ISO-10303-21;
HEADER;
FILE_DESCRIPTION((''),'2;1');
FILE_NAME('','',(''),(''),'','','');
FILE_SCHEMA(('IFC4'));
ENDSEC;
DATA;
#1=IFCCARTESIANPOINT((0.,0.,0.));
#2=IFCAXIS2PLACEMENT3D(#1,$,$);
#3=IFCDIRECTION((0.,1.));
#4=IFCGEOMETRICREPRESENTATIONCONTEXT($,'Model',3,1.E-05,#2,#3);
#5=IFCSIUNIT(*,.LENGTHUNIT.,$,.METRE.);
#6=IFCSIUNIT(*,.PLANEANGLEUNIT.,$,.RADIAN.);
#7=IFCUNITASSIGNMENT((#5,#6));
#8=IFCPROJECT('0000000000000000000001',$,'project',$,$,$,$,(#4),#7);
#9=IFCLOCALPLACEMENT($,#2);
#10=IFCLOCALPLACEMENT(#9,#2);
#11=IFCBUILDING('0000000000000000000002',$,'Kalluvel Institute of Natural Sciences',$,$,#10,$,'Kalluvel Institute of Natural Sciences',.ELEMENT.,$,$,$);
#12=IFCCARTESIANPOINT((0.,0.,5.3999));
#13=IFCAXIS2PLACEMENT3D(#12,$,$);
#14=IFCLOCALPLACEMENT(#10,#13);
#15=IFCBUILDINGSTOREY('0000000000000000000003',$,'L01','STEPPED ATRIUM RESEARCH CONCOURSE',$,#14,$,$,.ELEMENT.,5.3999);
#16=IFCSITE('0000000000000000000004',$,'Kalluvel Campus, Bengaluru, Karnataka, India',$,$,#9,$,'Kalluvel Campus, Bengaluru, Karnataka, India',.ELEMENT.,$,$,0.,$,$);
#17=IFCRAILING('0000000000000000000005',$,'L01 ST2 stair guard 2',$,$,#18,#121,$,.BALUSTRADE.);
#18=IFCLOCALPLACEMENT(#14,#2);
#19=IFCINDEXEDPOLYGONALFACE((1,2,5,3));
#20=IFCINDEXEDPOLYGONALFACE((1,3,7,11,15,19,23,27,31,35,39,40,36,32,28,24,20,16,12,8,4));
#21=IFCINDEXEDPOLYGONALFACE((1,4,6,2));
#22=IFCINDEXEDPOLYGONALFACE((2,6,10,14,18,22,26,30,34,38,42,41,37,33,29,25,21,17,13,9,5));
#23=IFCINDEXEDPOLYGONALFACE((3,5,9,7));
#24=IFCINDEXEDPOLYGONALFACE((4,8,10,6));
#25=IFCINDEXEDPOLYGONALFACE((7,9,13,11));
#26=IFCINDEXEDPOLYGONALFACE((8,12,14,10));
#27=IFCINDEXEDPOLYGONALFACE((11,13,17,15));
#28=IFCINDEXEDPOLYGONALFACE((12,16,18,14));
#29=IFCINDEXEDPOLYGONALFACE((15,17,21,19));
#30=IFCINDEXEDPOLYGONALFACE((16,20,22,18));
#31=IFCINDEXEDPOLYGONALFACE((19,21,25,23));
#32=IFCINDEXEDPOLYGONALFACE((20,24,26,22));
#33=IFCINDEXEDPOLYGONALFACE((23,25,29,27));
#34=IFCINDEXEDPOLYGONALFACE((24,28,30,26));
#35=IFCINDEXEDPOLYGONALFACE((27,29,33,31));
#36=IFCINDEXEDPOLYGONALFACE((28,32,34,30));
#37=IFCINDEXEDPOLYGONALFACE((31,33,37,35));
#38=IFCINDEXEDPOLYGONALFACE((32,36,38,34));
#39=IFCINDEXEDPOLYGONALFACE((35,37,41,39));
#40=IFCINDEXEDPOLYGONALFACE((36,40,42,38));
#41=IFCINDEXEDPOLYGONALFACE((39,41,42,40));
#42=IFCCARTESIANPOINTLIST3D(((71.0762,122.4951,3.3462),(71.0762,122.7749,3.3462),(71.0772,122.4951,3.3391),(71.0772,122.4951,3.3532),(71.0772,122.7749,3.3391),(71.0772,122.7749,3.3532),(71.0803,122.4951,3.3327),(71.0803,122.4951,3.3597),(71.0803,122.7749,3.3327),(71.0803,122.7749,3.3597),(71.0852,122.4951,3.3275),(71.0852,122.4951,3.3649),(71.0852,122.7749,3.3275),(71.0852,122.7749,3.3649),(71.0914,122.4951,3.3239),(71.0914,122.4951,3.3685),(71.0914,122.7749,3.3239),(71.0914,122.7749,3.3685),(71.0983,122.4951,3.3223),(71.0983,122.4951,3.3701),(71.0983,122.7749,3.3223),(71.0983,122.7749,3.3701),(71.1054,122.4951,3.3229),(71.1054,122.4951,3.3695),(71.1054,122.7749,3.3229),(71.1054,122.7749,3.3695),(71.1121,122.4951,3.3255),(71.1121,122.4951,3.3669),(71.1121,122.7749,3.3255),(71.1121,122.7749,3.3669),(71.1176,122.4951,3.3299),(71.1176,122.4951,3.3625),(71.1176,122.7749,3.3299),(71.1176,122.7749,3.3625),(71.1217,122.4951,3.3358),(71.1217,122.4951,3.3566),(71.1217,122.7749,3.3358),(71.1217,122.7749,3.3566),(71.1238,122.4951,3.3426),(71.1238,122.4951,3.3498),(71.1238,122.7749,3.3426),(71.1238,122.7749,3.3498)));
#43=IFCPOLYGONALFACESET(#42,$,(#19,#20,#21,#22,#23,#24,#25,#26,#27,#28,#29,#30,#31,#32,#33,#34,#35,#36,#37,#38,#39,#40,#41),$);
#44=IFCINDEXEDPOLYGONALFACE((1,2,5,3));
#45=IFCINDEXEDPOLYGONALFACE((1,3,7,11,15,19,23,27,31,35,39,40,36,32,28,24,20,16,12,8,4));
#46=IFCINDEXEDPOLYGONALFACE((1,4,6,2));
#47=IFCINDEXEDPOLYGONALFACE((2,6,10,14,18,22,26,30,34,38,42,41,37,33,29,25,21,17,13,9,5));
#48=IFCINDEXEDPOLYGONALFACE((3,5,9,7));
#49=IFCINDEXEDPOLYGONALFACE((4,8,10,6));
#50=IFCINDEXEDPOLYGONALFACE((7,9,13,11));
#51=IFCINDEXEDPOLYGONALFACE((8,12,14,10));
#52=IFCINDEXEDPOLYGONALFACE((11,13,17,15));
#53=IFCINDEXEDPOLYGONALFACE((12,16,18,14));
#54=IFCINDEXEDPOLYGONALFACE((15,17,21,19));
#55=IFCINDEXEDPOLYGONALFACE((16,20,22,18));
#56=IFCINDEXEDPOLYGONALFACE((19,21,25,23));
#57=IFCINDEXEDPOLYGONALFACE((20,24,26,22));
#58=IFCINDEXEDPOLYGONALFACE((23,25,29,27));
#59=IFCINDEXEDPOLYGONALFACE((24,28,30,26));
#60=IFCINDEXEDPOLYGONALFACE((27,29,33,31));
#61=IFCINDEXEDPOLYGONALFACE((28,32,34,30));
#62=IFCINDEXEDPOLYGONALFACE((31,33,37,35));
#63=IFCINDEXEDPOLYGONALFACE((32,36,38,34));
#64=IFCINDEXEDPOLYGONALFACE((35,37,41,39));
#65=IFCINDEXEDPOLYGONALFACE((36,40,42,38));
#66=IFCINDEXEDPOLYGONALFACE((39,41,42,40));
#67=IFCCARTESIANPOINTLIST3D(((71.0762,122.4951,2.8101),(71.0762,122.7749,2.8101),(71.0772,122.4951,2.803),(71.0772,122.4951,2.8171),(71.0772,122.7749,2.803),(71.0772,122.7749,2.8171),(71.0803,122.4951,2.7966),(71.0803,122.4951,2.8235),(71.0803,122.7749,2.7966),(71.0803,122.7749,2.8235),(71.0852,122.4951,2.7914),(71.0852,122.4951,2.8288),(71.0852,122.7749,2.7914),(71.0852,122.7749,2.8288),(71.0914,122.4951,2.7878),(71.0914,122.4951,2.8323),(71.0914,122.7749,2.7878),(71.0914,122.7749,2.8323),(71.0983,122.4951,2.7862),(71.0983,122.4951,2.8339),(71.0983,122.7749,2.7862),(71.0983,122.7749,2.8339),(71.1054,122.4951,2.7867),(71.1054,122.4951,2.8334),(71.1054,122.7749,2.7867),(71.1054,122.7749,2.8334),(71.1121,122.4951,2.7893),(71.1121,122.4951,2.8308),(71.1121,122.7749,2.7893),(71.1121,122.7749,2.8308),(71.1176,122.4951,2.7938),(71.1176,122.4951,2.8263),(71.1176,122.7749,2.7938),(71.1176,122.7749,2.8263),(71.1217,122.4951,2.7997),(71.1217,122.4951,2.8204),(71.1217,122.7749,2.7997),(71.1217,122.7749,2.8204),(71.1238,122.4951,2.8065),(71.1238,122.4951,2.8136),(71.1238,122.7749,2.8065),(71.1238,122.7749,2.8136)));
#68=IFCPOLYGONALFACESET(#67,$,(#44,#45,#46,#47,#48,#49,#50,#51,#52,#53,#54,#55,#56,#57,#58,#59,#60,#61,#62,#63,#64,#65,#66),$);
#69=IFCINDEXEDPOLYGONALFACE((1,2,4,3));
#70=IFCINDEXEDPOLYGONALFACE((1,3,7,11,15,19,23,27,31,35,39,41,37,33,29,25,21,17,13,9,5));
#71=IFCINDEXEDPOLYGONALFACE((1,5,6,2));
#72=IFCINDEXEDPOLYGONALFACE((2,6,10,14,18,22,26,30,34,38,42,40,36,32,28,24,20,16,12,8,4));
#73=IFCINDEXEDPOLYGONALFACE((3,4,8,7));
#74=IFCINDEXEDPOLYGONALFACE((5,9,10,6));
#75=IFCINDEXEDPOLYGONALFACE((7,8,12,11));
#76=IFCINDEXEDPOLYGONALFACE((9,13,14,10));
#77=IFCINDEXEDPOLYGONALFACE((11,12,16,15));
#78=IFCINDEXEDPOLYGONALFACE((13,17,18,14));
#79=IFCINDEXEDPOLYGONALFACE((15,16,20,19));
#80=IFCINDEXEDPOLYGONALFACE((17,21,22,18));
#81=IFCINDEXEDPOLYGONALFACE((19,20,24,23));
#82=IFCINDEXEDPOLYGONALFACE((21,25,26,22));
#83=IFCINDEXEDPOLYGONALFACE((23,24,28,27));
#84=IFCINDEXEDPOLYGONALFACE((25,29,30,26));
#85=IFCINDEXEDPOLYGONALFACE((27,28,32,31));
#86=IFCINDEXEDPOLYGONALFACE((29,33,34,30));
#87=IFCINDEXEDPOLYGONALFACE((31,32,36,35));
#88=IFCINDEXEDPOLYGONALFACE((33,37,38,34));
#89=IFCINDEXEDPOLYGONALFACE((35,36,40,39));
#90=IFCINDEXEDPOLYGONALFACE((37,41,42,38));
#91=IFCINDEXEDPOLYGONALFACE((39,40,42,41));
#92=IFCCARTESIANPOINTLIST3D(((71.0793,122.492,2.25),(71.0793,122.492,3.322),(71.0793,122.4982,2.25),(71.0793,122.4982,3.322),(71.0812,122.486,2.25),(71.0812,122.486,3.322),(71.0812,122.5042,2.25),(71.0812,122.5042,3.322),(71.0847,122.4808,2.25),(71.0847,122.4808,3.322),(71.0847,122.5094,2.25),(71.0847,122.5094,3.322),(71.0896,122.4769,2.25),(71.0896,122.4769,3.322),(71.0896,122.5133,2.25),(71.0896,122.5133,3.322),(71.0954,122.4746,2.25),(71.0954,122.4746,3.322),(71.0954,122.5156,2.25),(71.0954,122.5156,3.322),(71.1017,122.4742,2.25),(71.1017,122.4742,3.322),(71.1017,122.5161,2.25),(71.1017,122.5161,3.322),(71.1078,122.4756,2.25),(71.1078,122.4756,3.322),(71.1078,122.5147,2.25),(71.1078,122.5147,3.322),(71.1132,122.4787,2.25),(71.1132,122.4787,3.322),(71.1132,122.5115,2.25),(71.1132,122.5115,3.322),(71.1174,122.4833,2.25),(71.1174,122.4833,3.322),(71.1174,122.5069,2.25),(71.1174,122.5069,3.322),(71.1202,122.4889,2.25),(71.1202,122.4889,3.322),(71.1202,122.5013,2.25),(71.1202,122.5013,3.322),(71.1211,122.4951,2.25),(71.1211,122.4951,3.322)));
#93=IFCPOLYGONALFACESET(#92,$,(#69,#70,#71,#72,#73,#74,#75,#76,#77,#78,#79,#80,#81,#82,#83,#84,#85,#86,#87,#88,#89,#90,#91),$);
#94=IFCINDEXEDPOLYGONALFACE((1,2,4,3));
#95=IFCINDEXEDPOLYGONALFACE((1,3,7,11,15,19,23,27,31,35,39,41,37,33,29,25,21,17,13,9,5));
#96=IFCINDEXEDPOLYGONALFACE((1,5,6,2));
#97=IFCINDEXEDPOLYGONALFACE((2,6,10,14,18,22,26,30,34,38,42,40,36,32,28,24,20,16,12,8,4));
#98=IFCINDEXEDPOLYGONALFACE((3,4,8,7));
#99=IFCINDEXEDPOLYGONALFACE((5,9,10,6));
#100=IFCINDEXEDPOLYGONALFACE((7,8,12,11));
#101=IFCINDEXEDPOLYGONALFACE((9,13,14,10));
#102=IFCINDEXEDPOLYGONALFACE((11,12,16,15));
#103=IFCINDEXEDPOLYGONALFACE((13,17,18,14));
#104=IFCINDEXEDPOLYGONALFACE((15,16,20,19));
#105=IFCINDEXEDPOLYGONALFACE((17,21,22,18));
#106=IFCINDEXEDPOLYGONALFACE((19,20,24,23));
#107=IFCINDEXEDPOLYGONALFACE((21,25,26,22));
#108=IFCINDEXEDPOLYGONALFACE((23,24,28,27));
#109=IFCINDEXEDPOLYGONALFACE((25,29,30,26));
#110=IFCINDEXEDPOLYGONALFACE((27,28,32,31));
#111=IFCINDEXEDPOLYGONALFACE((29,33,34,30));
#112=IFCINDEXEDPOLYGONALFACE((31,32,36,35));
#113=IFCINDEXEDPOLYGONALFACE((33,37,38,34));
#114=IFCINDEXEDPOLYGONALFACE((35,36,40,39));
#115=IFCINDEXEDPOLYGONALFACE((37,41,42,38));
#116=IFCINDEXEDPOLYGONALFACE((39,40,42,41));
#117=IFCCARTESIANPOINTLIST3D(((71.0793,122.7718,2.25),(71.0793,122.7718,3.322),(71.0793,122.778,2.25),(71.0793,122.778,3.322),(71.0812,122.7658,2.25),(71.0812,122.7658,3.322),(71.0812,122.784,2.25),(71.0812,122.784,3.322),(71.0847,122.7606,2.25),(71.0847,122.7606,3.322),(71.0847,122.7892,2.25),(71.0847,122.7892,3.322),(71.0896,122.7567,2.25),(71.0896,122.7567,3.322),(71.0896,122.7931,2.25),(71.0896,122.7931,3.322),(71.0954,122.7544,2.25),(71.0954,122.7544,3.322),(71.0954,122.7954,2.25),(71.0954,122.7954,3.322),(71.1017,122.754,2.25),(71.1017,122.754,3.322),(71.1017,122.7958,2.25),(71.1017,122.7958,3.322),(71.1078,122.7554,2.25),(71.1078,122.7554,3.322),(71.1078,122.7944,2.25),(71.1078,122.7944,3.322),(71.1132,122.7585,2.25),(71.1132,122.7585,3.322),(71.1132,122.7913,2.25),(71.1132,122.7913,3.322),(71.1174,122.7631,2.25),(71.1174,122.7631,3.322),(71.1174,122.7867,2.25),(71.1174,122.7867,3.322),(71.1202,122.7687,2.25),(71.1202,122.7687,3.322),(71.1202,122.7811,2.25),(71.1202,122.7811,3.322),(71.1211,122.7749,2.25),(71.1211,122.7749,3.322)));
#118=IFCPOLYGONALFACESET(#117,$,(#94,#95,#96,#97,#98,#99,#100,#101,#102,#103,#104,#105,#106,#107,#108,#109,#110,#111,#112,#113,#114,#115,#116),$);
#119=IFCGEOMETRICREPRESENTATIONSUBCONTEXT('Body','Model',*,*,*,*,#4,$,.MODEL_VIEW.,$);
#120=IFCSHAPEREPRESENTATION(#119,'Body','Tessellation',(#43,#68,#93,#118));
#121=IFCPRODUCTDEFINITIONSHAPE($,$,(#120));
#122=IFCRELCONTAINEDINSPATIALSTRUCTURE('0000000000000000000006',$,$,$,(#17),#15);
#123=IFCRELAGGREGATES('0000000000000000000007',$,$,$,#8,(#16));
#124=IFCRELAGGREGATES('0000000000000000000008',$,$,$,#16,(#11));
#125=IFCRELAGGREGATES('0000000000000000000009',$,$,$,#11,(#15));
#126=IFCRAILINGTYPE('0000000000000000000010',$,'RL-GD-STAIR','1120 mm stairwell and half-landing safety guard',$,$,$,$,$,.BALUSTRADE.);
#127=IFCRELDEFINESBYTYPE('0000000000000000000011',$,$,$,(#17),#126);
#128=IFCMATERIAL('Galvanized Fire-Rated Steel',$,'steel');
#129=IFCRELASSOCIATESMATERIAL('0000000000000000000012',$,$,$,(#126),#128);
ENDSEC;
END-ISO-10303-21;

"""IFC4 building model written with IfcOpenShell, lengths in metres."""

from ifc_helpers import new_model, si_unit, direction, frame, origin, origin_2d, place, context, subcontext, project, spatial, circle, extrude, material, type_object, element, save


model = new_model("IFC4")

# Units and contexts
model_context = context("Model", 3, precision=1e-05, world=origin(), true_north=direction((0.0, 1.0)))
body_context = subcontext(model_context, "Body", "Model", "MODEL_VIEW")
ifc_project = project(units=[si_unit("LENGTHUNIT", "METRE"), si_unit("PLANEANGLEUNIT", "RADIAN")], contexts=[model_context])

# Site, building, storey
site_placement = place(None, origin())
site = spatial("IfcSite", under=ifc_project, at=site_placement, Name="Kalluvel Campus, Bengaluru, Karnataka, India", LongName="Kalluvel Campus, Bengaluru, Karnataka, India", CompositionType="ELEMENT", RefElevation=0.0)
building_placement = place(site_placement, origin())
building = spatial("IfcBuilding", under=site, at=building_placement, Name="Kalluvel Institute of Natural Sciences", LongName="Kalluvel Institute of Natural Sciences", CompositionType="ELEMENT")
storey_placement = place(building_placement, frame((0.0, 0.0, 5.3999)))
storey = spatial("IfcBuildingStorey", under=building, at=storey_placement, Name="L01", Description="STEPPED ATRIUM RESEARCH CONCOURSE", CompositionType="ELEMENT", Elevation=5.3999)

# Shared definitions
ifc_material_1 = material(Name="Galvanized Fire-Rated Steel", Category="steel")

# Railing
railing_type_1 = type_object("IfcRailingType", Name="RL-GD-STAIR", Description="1120 mm stairwell and half-landing safety guard", PredefinedType="BALUSTRADE", material=ifc_material_1)
railing_1_placement = place(storey_placement, frame((71.1001, 122.4951, 2.25)))
element("IfcRailing", 1, at=railing_1_placement, inside=storey, type_object=railing_type_1, Name="L01 ST2 stair guard 2", PredefinedType="BALUSTRADE", context=body_context, shape_type="SweptSolid", body=[
    extrude(circle(Radius=0.0239, at=origin_2d()), frame((0.0, 0.0, 1.0962), z_axis=(0.0, 1.0, 0.0), x_axis=(-1.0, 0.0, 0.0)), (0.0, 0.0, 1.0), 0.2798),
    extrude(circle(Radius=0.0239, at=origin_2d()), frame((0.0, 0.0, 0.5601), z_axis=(0.0, 1.0, 0.0), x_axis=(-1.0, 0.0, 0.0)), (0.0, 0.0, 1.0), 0.2798),
    extrude(circle(Radius=0.021, at=origin_2d()), origin(), (0.0, 0.0, 1.0), 1.072),
    extrude(circle(Radius=0.021, at=origin_2d()), frame((0.0, 0.2798, 0.0)), (0.0, 0.0, 1.0), 1.072),
])

save(model, "model.ifc")
